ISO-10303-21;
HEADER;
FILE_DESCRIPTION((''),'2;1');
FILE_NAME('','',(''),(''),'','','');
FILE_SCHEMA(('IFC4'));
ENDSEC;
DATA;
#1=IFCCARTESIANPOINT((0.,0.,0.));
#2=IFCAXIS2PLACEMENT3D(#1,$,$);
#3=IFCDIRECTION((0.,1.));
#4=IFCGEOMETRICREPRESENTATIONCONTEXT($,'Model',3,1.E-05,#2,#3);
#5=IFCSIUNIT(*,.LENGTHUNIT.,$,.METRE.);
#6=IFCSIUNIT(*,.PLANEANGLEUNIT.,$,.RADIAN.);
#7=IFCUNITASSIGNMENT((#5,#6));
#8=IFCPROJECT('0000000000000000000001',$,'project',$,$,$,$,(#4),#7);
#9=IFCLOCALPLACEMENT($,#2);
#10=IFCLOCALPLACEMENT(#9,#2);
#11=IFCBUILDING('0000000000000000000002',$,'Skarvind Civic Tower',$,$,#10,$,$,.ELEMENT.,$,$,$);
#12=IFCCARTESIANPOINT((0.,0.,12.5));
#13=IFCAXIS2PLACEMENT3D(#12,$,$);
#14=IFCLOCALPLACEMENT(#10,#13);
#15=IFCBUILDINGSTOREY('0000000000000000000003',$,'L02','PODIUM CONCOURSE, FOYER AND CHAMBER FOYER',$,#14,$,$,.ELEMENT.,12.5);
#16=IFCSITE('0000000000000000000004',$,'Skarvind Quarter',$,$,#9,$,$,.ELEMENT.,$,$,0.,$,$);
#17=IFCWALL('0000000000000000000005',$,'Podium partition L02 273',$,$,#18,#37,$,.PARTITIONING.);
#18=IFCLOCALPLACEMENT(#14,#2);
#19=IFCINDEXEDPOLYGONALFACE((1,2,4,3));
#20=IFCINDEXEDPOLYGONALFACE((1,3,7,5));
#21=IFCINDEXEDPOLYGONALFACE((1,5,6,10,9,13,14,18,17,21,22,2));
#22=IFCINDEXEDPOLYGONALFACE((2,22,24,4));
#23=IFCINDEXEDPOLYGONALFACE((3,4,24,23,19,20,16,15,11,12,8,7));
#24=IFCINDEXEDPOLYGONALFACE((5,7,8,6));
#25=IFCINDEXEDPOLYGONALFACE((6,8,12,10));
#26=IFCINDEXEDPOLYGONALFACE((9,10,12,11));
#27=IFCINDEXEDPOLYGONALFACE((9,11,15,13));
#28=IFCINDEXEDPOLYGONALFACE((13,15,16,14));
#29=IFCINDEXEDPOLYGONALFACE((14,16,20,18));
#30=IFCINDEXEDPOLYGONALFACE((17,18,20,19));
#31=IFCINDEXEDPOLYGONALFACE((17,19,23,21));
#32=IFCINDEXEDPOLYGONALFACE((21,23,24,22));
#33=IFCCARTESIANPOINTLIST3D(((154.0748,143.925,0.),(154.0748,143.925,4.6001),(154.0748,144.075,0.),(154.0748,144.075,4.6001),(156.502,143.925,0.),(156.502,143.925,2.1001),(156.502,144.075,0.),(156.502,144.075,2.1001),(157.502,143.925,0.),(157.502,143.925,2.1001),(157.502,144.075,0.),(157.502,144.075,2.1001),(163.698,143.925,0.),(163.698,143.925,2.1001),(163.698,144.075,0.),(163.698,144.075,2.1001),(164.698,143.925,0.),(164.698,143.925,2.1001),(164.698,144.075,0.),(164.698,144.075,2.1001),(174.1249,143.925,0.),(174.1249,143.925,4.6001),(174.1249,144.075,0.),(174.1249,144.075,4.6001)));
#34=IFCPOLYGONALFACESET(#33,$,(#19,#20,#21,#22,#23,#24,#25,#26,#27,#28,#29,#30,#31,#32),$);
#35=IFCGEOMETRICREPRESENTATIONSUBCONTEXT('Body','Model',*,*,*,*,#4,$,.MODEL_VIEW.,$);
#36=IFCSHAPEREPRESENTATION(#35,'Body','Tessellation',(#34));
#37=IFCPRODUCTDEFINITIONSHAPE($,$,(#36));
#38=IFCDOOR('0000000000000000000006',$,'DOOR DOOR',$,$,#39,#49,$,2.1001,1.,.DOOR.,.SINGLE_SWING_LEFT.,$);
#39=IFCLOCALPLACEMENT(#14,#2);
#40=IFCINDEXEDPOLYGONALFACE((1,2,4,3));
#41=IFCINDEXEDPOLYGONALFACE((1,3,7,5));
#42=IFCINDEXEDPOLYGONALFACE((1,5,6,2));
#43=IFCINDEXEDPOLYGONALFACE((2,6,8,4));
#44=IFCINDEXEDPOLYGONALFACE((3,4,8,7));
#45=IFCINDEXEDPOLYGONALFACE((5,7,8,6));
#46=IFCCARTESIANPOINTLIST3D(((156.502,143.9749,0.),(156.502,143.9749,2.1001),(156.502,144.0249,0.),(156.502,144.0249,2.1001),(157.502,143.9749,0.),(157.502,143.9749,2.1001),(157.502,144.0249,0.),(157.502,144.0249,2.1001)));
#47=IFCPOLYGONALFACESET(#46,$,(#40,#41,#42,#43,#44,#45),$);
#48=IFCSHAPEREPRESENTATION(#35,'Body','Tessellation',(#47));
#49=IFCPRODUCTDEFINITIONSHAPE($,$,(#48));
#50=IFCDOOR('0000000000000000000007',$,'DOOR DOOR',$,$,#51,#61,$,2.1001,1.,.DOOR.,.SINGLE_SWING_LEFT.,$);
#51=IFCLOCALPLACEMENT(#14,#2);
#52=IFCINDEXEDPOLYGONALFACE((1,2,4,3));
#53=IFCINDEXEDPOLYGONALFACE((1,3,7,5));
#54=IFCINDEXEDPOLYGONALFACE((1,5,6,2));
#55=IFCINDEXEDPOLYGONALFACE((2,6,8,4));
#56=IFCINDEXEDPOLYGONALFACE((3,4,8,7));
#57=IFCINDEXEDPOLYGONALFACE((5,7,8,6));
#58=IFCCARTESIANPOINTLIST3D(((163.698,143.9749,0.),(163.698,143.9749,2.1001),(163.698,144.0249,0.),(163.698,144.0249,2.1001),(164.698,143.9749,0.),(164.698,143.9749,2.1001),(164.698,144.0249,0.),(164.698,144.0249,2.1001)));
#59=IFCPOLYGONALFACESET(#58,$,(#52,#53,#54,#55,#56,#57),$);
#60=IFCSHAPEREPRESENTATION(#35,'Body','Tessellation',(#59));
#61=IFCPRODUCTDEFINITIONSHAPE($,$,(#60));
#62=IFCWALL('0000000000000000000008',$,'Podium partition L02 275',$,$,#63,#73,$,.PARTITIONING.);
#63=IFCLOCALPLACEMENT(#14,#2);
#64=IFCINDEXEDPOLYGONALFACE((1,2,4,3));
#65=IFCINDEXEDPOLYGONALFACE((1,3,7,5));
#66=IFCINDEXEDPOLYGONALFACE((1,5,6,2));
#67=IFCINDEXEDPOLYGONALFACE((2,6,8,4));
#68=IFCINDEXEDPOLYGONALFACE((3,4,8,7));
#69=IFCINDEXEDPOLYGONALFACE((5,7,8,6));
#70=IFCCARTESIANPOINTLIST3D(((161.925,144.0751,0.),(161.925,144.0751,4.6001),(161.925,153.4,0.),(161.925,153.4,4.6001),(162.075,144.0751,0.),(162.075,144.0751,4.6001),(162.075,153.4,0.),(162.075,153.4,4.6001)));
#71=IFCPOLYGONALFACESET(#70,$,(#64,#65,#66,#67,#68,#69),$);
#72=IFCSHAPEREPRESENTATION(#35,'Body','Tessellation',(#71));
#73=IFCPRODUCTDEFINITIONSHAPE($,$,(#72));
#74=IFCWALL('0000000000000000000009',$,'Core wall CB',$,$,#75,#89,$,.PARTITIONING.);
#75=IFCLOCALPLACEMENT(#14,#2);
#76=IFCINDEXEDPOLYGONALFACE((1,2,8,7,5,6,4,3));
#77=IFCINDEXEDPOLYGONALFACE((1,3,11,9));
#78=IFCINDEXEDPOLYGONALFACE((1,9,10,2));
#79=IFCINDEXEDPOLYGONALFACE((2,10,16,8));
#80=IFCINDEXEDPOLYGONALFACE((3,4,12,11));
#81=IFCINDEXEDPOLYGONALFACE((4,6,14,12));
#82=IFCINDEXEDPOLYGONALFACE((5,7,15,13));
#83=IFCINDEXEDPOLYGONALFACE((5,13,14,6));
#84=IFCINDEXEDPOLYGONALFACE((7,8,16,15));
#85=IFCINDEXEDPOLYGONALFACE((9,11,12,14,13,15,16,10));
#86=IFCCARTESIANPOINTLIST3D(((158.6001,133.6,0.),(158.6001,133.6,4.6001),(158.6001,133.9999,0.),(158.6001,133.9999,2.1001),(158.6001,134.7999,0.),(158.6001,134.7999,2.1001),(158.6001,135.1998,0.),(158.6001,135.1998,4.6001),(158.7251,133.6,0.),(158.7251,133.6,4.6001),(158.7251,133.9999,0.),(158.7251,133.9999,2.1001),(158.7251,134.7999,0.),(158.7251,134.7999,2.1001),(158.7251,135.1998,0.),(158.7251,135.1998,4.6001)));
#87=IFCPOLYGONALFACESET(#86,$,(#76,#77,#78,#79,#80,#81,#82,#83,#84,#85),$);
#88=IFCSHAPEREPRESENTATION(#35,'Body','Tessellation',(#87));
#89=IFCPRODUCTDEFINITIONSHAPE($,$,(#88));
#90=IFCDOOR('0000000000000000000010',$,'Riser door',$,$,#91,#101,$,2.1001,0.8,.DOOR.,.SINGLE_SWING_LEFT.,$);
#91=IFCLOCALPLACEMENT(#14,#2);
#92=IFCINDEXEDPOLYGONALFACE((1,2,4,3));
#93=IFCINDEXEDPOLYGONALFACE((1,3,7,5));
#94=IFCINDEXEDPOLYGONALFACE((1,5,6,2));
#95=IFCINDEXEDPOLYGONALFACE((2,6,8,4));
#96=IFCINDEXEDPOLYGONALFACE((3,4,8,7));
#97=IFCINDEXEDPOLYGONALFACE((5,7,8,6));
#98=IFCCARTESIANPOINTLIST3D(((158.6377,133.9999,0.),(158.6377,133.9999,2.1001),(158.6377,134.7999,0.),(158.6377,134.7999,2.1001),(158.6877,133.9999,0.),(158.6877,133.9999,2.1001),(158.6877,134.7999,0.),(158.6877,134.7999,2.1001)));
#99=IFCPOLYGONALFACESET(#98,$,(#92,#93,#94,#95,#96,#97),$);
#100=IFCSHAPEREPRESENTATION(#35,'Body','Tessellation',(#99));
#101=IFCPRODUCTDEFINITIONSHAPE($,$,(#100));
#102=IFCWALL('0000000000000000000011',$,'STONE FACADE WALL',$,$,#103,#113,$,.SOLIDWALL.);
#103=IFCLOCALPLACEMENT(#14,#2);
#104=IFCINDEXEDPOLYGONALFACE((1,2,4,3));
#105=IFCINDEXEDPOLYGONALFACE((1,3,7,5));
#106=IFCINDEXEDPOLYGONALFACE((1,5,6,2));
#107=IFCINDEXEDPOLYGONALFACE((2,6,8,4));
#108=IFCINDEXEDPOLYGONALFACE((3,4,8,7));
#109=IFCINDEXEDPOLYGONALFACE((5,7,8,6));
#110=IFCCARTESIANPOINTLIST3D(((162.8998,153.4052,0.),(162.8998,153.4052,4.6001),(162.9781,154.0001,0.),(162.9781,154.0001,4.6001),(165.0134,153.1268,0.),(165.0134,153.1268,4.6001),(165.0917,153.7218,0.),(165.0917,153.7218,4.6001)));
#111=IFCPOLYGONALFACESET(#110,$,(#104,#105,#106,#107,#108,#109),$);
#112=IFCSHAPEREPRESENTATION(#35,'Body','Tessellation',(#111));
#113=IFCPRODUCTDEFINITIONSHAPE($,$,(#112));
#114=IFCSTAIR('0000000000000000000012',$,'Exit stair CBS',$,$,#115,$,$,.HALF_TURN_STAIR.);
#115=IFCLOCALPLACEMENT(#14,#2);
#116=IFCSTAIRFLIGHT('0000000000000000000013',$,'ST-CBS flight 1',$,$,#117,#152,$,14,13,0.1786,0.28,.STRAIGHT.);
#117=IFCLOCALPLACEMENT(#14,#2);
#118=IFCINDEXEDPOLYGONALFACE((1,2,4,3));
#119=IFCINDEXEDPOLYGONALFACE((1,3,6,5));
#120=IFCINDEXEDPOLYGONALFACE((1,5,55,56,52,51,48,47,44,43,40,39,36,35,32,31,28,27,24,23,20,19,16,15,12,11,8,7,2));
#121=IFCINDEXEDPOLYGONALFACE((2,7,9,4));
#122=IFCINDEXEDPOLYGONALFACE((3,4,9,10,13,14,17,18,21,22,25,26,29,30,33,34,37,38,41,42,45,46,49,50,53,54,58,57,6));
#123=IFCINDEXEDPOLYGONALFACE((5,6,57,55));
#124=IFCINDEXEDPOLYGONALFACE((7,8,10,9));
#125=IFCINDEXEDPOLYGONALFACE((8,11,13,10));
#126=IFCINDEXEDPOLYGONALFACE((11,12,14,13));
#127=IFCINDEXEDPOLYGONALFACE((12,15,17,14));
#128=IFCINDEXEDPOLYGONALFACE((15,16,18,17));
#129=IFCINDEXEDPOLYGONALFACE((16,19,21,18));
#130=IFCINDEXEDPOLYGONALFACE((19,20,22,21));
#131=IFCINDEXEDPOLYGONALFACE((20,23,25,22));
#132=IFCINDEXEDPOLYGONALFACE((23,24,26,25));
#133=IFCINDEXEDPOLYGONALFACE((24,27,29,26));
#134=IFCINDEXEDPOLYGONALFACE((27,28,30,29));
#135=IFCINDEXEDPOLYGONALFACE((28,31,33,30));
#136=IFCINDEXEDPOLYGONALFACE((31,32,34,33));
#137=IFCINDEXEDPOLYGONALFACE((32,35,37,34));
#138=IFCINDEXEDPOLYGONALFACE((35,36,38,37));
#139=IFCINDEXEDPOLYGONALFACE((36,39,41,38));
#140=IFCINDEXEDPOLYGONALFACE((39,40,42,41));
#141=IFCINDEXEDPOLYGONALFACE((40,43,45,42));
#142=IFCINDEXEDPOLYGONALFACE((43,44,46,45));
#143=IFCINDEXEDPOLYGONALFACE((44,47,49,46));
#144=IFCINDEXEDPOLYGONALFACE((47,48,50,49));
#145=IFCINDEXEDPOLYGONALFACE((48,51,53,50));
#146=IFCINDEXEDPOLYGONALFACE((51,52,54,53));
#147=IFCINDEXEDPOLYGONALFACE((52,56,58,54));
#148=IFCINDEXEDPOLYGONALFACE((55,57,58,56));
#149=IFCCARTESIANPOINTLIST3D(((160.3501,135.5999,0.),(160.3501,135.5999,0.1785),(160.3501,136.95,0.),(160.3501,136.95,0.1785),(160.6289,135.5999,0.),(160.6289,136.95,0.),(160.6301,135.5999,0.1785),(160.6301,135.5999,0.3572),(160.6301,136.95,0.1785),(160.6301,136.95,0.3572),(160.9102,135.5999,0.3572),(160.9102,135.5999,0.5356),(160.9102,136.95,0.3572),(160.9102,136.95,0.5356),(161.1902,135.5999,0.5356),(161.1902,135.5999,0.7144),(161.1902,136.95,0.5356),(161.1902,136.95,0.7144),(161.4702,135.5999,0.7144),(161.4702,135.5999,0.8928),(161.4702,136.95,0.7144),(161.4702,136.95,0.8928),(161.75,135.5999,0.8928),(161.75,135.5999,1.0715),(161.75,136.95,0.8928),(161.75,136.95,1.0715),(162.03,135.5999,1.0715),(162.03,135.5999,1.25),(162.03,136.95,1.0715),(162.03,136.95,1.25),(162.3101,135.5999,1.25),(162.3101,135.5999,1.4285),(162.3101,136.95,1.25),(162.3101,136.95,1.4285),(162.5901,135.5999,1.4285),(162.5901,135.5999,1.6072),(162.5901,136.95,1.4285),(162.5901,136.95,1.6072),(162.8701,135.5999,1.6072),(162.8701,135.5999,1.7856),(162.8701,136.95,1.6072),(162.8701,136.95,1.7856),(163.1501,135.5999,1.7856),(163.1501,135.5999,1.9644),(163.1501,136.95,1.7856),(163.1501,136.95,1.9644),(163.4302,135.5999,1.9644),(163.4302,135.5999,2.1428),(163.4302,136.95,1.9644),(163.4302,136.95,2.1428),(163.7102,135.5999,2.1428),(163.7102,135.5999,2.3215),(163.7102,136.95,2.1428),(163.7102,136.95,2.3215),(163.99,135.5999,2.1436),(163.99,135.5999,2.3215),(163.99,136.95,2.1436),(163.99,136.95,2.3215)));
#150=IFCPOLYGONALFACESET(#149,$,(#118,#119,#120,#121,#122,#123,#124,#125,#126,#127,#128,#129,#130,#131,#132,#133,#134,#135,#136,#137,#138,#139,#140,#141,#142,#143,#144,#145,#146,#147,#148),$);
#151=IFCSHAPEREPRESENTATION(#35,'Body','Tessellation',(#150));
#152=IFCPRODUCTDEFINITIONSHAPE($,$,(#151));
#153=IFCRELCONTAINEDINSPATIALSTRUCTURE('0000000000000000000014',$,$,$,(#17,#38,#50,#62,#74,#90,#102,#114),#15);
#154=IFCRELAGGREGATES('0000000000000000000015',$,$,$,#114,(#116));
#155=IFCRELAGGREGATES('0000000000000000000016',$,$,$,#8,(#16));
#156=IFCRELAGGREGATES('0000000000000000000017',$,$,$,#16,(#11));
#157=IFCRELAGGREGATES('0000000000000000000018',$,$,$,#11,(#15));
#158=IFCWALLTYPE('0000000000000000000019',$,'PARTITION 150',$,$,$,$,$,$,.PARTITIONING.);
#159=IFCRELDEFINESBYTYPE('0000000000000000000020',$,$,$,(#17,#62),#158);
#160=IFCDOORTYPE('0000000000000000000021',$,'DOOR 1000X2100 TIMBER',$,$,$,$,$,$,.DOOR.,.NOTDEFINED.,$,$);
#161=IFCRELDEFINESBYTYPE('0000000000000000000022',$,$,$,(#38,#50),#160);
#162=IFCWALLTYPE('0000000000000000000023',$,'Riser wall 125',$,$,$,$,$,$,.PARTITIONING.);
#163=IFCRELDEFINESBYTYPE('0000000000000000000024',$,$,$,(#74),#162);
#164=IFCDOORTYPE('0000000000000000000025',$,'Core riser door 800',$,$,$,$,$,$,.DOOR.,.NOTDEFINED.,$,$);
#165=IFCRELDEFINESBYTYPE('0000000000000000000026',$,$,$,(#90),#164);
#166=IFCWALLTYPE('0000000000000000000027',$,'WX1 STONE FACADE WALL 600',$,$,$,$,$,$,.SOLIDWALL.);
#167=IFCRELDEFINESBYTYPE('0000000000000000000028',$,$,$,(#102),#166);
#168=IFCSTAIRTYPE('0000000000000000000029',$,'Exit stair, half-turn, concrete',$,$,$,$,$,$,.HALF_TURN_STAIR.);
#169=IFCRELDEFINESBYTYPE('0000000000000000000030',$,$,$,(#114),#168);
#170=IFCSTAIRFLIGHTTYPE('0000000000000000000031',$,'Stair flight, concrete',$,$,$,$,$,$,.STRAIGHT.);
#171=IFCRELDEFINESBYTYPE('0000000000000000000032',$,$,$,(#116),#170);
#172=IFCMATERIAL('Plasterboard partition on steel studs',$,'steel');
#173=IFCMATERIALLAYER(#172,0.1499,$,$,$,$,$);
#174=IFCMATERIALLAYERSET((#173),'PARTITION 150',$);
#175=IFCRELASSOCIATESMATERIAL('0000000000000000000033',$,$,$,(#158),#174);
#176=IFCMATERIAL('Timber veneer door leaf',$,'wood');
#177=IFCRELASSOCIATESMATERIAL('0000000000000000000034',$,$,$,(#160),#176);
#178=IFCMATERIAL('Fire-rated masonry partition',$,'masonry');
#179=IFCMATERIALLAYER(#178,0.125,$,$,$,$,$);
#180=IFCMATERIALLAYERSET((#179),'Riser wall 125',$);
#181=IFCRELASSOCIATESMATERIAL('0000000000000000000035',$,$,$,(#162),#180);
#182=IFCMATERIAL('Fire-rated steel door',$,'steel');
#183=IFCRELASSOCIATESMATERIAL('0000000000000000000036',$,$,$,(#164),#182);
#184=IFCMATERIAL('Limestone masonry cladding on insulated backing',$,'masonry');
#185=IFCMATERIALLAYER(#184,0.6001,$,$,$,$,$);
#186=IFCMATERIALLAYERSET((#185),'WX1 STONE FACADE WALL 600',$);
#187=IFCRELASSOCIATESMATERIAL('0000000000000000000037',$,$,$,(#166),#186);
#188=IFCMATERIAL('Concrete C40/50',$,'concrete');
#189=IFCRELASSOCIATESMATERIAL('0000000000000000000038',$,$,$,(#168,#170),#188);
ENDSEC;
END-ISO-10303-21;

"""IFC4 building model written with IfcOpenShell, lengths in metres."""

from ifc_helpers import new_model, si_unit, direction, frame, frame_2d, origin, place, context, subcontext, project, spatial, polyline, rectangle, outline, extrude, material, layer, layer_set, type_object, element, fill, aggregate, save


model = new_model("IFC4")

# Units and contexts
model_context = context("Model", 3, precision=1e-05, world=origin(), true_north=direction((0.0, 1.0)))
body_context = subcontext(model_context, "Body", "Model", "MODEL_VIEW")
ifc_project = project(units=[si_unit("LENGTHUNIT", "METRE"), si_unit("PLANEANGLEUNIT", "RADIAN")], contexts=[model_context])

# Site, building, storey
site_placement = place(None, origin())
site = spatial("IfcSite", under=ifc_project, at=site_placement, Name="Skarvind Quarter", CompositionType="ELEMENT", RefElevation=0.0)
building_placement = place(site_placement, origin())
building = spatial("IfcBuilding", under=site, at=building_placement, Name="Skarvind Civic Tower", CompositionType="ELEMENT")
storey_placement = place(building_placement, frame((0.0, 0.0, 12.5)))
storey = spatial("IfcBuildingStorey", under=building, at=storey_placement, Name="L02", Description="PODIUM CONCOURSE, FOYER AND CHAMBER FOYER", CompositionType="ELEMENT", Elevation=12.5)

# Shared definitions
ifc_material_1 = material(Name="Fire-rated masonry partition", Category="masonry")
ifc_material_2 = material(Name="Fire-rated steel door", Category="steel")

# Shared definitions
ifc_material_3 = material(Name="Plasterboard partition on steel studs", Category="steel")
ifc_layer_1 = layer(ifc_material_3, 0.1499)
ifc_layer_set_1 = layer_set([ifc_layer_1], Name="PARTITION 150")
wall_type_1 = type_object("IfcWallType", Name="PARTITION 150", PredefinedType="PARTITIONING", material=ifc_layer_set_1)
ifc_material_4 = material(Name="Timber veneer door leaf", Category="wood")

# Wall, openings, doors
wall_1_placement = place(storey_placement, frame((154.075, 144.0, 0.0), z_axis=(0.0, 0.0, 1.0), x_axis=(1.0, 0.0, 0.0)))
wall_1 = element("IfcWall", 1, at=wall_1_placement, inside=storey, type_object=wall_type_1, Name="Podium partition L02 273", PredefinedType="PARTITIONING", context=body_context, shape_type="SweptSolid", body=[
    extrude(rectangle(XDim=20.05, YDim=0.1499, at=frame_2d((10.0249, 0.0))), origin(), (0.0, 0.0, 1.0), 4.6001),
])
opening_1_placement = place(wall_1_placement, frame((2.427, 0.0, 0.0)))
opening_1 = element("IfcOpeningElement", 2, at=opening_1_placement, cuts=wall_1, PredefinedType="OPENING", context=body_context, shape_type="SweptSolid", body=[
    extrude(rectangle(XDim=1.0, YDim=2.1001, at=frame_2d((0.5, 1.05))), frame((0.0, 0.085, 0.0), z_axis=(0.0, -1.0, 0.0), x_axis=(1.0, 0.0, 0.0)), (0.0, 0.0, 1.0), 0.1699),
])
opening_2_placement = place(wall_1_placement, frame((9.623, 0.0, 0.0)))
opening_2 = element("IfcOpeningElement", 3, at=opening_2_placement, cuts=wall_1, PredefinedType="OPENING", context=body_context, shape_type="SweptSolid", body=[
    extrude(rectangle(XDim=1.0, YDim=2.1001, at=frame_2d((0.5, 1.05))), frame((0.0, 0.085, 0.0), z_axis=(0.0, -1.0, 0.0), x_axis=(1.0, 0.0, 0.0)), (0.0, 0.0, 1.0), 0.1699),
])
door_type_1 = type_object("IfcDoorType", Name="DOOR 1000X2100 TIMBER", OperationType="NOTDEFINED", PredefinedType="DOOR", material=ifc_material_4)
door_1_placement = place(opening_1_placement, origin())
door_1 = element("IfcDoor", 4, at=door_1_placement, inside=storey, type_object=door_type_1, Name="DOOR DOOR", OperationType="SINGLE_SWING_LEFT", OverallHeight=2.1001, OverallWidth=1.0, PredefinedType="DOOR", context=body_context, shape_type="SweptSolid", body=[
    extrude(rectangle(XDim=1.0, YDim=2.1001, at=frame_2d((0.5, 1.05))), frame((0.0, 0.0249, 0.0), z_axis=(0.0, -1.0, 0.0), x_axis=(1.0, 0.0, 0.0)), (0.0, 0.0, 1.0), 0.05),
])
fill(opening_1, door_1)
door_2_placement = place(opening_2_placement, origin())
door_2 = element("IfcDoor", 5, at=door_2_placement, inside=storey, type_object=door_type_1, Name="DOOR DOOR", OperationType="SINGLE_SWING_LEFT", OverallHeight=2.1001, OverallWidth=1.0, PredefinedType="DOOR", context=body_context, shape_type="SweptSolid", body=[
    extrude(rectangle(XDim=1.0, YDim=2.1001, at=frame_2d((0.5, 1.05))), frame((0.0, 0.0249, 0.0), z_axis=(0.0, -1.0, 0.0), x_axis=(1.0, 0.0, 0.0)), (0.0, 0.0, 1.0), 0.05),
])
fill(opening_2, door_2)

# Wall
wall_2_placement = place(storey_placement, frame((162.0, 144.075, 0.0), z_axis=(0.0, 0.0, 1.0), x_axis=(0.0, 1.0, 0.0)))
element("IfcWall", 6, at=wall_2_placement, inside=storey, type_object=wall_type_1, Name="Podium partition L02 275", PredefinedType="PARTITIONING", context=body_context, shape_type="SweptSolid", body=[
    extrude(rectangle(XDim=9.325, YDim=0.1499, at=frame_2d((4.6626, 0.0))), origin(), (0.0, 0.0, 1.0), 4.6001),
])

# Wall, opening, door
ifc_layer_2 = layer(ifc_material_1, 0.125)
ifc_layer_set_2 = layer_set([ifc_layer_2], Name="Riser wall 125")
wall_type_2 = type_object("IfcWallType", Name="Riser wall 125", PredefinedType="PARTITIONING", material=ifc_layer_set_2)
wall_3_placement = place(storey_placement, frame((158.6626, 133.6001, 0.0), z_axis=(0.0, 0.0, 1.0), x_axis=(0.0, 1.0, 0.0)))
wall_3 = element("IfcWall", 7, at=wall_3_placement, inside=storey, type_object=wall_type_2, Name="Core wall CB", PredefinedType="PARTITIONING", context=body_context, shape_type="SweptSolid", body=[
    extrude(rectangle(XDim=1.5999, YDim=0.125, at=frame_2d((0.7998, 0.0))), origin(), (0.0, 0.0, 1.0), 4.6001),
])
opening_3_placement = place(wall_3_placement, frame((0.3999, 0.0, 0.0)))
opening_3 = element("IfcOpeningElement", 8, at=opening_3_placement, cuts=wall_3, PredefinedType="OPENING", context=body_context, shape_type="SweptSolid", body=[
    extrude(rectangle(XDim=0.8, YDim=2.1001, at=frame_2d((0.3999, 1.05))), frame((0.0, 0.0725, 0.0), z_axis=(0.0, -1.0, 0.0), x_axis=(1.0, 0.0, 0.0)), (0.0, 0.0, 1.0), 0.145),
])
door_type_2 = type_object("IfcDoorType", Name="Core riser door 800", OperationType="NOTDEFINED", PredefinedType="DOOR", material=ifc_material_2)
door_3_placement = place(opening_3_placement, origin())
door_3 = element("IfcDoor", 9, at=door_3_placement, inside=storey, type_object=door_type_2, Name="Riser door", OperationType="SINGLE_SWING_LEFT", OverallHeight=2.1001, OverallWidth=0.8, PredefinedType="DOOR", context=body_context, shape_type="SweptSolid", body=[
    extrude(rectangle(XDim=0.8, YDim=2.1001, at=frame_2d((0.3999, 1.05))), frame((0.0, 0.0249, 0.0), z_axis=(0.0, -1.0, 0.0), x_axis=(1.0, 0.0, 0.0)), (0.0, 0.0, 1.0), 0.05),
])
fill(opening_3, door_3)

# Wall
ifc_material_5 = material(Name="Limestone masonry cladding on insulated backing", Category="masonry")
ifc_layer_3 = layer(ifc_material_5, 0.6001)
ifc_layer_set_3 = layer_set([ifc_layer_3], Name="WX1 STONE FACADE WALL 600")
wall_type_3 = type_object("IfcWallType", Name="WX1 STONE FACADE WALL 600", PredefinedType="SOLIDWALL", material=ifc_layer_set_3)
wall_4_placement = place(storey_placement, frame((162.939, 153.7026, 0.0), z_axis=(0.0, 0.0, 1.0), x_axis=(0.991441, -0.130558, 0.0)))
element("IfcWall", 10, at=wall_4_placement, inside=storey, type_object=wall_type_3, Name="STONE FACADE WALL", PredefinedType="SOLIDWALL", context=body_context, shape_type="SweptSolid", body=[
    extrude(rectangle(XDim=2.1318, YDim=0.6001, at=frame_2d((1.0659, 0.0))), origin(), (0.0, 0.0, 1.0), 4.6001),
])

# Stair, stair flight
ifc_material_6 = material(Name="Concrete C40/50", Category="concrete")
stair_type = type_object("IfcStairType", Name="Exit stair, half-turn, concrete", PredefinedType="HALF_TURN_STAIR", material=ifc_material_6)
stair_placement = place(storey_placement, origin())
stair = element("IfcStair", 11, at=stair_placement, inside=storey, type_object=stair_type, Name="Exit stair CBS", PredefinedType="HALF_TURN_STAIR")
stair_flight_type = type_object("IfcStairFlightType", Name="Stair flight, concrete", PredefinedType="STRAIGHT", material=ifc_material_6)
stair_flight_placement = place(storey_placement, frame((160.3501, 136.2749, 0.0), z_axis=(0.0, 0.0, 1.0), x_axis=(1.0, 0.0, 0.0)))
stair_flight = element("IfcStairFlight", 12, at=stair_flight_placement, type_object=stair_flight_type, Name="ST-CBS flight 1", NumberOfRisers=14, NumberOfTreads=13, PredefinedType="STRAIGHT", RiserHeight=0.1786, TreadLength=0.28, context=body_context, shape_type="SweptSolid", body=[
    extrude(outline(polyline([(0.0, 0.0), (0.0, 0.1785), (0.28, 0.1785), (0.28, 0.3572), (0.5601, 0.3572), (0.5601, 0.5356), (0.8401, 0.5356), (0.8401, 0.7144), (1.1201, 0.7144), (1.1201, 0.8928), (1.3999, 0.8928), (1.3999, 1.0715), (1.6799, 1.0715), (1.6799, 1.25), (1.96, 1.25), (1.96, 1.4285), (2.24, 1.4285), (2.24, 1.6072), (2.52, 1.6072), (2.52, 1.7856), (2.8, 1.7856), (2.8, 1.9644), (3.0801, 1.9644), (3.0801, 2.1428), (3.3601, 2.1428), (3.3601, 2.3215), (3.6399, 2.3215), (3.6399, 2.5), (3.6399, 2.1436), (0.2788, 0.0), (0.0, 0.0)])), frame((0.0, 0.675, 0.0), z_axis=(0.0, -1.0, 0.0), x_axis=(1.0, 0.0, 0.0)), (0.0, 0.0, 1.0), 1.3501),
])
aggregate(stair, [stair_flight])

save(model, "model.ifc")
